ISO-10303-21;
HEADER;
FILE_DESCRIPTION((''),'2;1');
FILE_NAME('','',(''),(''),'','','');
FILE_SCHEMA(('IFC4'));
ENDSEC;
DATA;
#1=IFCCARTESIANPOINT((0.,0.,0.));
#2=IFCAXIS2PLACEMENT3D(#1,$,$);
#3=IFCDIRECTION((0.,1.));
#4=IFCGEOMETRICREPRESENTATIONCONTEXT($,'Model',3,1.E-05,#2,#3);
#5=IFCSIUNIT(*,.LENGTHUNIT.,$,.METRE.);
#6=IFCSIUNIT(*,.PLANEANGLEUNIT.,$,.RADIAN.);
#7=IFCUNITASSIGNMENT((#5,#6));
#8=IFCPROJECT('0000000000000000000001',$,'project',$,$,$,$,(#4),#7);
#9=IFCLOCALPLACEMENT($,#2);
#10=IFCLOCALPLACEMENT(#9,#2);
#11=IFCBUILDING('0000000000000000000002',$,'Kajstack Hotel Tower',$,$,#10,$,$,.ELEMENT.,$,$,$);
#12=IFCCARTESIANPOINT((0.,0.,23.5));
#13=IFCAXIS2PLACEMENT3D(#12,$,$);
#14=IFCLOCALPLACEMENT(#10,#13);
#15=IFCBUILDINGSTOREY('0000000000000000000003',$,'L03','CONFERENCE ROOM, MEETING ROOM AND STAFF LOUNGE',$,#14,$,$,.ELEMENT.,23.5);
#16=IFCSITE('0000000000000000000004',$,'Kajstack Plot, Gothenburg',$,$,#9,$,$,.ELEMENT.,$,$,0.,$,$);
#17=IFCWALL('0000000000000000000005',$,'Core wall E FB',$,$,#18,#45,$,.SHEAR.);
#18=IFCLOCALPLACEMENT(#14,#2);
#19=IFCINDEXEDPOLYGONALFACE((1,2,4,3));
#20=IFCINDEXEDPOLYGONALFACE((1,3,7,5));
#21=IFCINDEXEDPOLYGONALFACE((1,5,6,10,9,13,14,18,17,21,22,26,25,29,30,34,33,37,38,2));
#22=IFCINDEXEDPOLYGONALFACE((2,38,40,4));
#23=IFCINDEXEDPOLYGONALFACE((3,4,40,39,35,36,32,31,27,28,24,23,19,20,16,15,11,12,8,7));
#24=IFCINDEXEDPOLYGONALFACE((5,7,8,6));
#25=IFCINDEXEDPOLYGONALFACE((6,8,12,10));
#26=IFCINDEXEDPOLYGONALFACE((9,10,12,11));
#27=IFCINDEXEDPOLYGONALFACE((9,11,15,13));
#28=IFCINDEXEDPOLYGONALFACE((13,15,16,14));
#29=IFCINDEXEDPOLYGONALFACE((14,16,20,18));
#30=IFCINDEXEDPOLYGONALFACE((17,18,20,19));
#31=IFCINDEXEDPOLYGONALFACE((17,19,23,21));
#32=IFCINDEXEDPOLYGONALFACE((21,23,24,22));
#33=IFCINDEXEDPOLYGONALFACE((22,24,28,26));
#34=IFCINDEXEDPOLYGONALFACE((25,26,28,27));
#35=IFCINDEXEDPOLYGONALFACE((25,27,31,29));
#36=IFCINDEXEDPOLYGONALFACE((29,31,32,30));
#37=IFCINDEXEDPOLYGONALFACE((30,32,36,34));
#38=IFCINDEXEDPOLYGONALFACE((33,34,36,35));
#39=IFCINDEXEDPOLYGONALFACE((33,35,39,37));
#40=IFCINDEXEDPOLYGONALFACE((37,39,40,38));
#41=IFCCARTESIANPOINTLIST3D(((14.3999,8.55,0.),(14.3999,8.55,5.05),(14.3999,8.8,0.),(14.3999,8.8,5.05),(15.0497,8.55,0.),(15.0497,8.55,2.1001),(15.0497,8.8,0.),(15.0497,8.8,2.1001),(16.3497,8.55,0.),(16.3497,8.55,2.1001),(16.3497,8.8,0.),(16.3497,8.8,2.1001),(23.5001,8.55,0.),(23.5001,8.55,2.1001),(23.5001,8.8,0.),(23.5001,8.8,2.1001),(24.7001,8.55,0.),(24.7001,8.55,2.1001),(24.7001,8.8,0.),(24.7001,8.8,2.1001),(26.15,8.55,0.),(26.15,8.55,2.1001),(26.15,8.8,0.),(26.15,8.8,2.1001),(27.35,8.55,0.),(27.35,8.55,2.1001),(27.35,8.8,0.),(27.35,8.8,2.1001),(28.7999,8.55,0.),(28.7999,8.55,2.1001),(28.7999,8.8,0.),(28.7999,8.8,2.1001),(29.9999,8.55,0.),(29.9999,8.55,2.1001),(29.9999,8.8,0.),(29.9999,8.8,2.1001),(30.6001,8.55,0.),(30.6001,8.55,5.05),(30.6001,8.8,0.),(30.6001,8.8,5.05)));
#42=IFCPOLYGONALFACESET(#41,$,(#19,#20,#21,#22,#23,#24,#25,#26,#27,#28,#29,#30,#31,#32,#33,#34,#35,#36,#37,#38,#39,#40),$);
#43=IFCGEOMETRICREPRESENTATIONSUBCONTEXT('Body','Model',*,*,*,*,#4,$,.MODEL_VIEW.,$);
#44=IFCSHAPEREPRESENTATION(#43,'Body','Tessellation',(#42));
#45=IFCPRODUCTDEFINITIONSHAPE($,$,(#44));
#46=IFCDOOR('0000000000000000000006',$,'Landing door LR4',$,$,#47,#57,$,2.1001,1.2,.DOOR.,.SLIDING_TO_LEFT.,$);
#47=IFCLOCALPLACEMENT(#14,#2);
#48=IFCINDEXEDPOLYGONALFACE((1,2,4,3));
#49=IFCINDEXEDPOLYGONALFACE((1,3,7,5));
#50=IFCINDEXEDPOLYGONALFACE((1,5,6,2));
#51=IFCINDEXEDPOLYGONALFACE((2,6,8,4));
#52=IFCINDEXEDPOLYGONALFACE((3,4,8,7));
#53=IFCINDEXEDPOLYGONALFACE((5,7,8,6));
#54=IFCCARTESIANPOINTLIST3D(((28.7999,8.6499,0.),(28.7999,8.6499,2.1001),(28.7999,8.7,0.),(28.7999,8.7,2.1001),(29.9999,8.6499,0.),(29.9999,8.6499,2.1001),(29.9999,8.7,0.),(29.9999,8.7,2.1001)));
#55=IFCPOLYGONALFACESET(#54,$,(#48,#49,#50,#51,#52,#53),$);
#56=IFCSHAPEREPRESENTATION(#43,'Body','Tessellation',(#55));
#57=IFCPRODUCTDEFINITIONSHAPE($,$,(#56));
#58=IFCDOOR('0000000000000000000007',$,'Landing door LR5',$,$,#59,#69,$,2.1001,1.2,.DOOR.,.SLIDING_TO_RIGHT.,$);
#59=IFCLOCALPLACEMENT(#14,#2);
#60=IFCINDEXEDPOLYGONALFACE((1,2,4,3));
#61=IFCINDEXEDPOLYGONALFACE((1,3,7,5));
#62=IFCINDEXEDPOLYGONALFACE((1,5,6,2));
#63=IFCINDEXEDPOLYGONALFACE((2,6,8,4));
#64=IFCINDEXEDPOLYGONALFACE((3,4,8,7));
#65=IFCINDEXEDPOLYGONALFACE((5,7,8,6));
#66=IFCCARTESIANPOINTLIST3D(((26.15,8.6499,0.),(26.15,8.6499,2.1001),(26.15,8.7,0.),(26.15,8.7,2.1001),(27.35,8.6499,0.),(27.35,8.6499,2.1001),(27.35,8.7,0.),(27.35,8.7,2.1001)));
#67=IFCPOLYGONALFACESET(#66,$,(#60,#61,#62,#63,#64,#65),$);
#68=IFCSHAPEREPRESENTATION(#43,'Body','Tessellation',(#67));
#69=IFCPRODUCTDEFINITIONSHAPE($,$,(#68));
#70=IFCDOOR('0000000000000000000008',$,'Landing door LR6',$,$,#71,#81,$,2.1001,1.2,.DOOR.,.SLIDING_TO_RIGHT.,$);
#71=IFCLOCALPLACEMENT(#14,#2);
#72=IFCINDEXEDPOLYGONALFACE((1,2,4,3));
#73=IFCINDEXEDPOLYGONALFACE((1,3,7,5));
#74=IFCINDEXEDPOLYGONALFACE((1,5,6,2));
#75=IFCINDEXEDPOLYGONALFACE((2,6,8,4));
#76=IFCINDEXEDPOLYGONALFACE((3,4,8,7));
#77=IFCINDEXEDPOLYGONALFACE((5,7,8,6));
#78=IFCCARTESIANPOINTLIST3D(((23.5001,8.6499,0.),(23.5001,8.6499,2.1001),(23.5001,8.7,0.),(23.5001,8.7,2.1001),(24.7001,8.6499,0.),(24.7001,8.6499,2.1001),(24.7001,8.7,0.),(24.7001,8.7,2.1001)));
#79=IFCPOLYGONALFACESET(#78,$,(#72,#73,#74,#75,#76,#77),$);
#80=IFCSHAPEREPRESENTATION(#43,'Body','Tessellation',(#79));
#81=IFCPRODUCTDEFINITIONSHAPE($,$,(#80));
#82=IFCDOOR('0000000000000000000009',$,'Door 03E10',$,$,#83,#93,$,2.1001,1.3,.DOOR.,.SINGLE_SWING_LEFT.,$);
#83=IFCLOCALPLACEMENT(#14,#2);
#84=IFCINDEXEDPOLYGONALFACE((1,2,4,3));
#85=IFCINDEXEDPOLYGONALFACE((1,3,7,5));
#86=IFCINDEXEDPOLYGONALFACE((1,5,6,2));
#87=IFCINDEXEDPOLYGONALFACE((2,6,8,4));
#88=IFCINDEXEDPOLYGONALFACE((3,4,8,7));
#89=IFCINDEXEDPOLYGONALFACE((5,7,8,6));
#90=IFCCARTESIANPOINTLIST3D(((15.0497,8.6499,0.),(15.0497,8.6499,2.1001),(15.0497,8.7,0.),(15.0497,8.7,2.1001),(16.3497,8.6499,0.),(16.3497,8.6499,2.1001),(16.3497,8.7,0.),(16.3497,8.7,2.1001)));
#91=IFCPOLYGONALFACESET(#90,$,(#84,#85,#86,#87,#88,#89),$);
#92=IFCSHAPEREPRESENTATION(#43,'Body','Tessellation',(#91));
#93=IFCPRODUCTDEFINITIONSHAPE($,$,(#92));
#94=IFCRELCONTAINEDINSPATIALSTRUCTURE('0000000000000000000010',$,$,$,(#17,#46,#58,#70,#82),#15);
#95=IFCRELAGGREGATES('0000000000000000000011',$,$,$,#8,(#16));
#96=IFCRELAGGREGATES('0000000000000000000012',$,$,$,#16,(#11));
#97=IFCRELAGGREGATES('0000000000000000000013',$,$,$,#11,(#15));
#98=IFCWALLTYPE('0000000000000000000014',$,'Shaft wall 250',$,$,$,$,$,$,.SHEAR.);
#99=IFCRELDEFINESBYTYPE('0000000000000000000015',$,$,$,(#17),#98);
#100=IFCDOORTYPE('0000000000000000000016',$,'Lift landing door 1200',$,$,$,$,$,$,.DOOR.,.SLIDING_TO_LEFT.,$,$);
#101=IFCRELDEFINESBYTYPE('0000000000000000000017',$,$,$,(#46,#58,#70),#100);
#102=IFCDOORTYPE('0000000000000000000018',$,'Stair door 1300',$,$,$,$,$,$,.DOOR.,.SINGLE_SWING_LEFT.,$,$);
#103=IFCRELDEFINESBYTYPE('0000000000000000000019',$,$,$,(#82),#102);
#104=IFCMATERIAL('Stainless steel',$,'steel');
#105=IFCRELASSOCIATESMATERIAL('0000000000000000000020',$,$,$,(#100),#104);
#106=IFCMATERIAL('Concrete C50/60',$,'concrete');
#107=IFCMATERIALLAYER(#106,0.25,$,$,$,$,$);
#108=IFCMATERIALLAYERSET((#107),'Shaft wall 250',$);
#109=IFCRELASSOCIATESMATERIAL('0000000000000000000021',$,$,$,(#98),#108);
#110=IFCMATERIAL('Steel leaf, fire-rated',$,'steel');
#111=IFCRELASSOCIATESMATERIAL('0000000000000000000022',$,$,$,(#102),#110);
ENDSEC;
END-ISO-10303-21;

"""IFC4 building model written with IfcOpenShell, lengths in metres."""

from ifc_helpers import new_model, si_unit, direction, frame, frame_2d, origin, place, context, subcontext, project, spatial, rectangle, extrude, material, layer, layer_set, type_object, element, fill, save


model = new_model("IFC4")

# Units and contexts
model_context = context("Model", 3, precision=1e-05, world=origin(), true_north=direction((0.0, 1.0)))
body_context = subcontext(model_context, "Body", "Model", "MODEL_VIEW")
ifc_project = project(units=[si_unit("LENGTHUNIT", "METRE"), si_unit("PLANEANGLEUNIT", "RADIAN")], contexts=[model_context])

# Site, building, storey
site_placement = place(None, origin())
site = spatial("IfcSite", under=ifc_project, at=site_placement, Name="Kajstack Plot, Gothenburg", CompositionType="ELEMENT", RefElevation=0.0)
building_placement = place(site_placement, origin())
building = spatial("IfcBuilding", under=site, at=building_placement, Name="Kajstack Hotel Tower", CompositionType="ELEMENT")
storey_placement = place(building_placement, frame((0.0, 0.0, 23.5)))
storey = spatial("IfcBuildingStorey", under=building, at=storey_placement, Name="L03", Description="CONFERENCE ROOM, MEETING ROOM AND STAFF LOUNGE", CompositionType="ELEMENT", Elevation=23.5)

# Shared definitions
ifc_material_1 = material(Name="Concrete C50/60", Category="concrete")

# Shared definitions
ifc_material_2 = material(Name="Stainless steel", Category="steel")
door_type_1 = type_object("IfcDoorType", Name="Lift landing door 1200", OperationType="SLIDING_TO_LEFT", PredefinedType="DOOR", material=ifc_material_2)

# Wall, openings, doors
ifc_layer_1 = layer(ifc_material_1, 0.25)
ifc_layer_set_1 = layer_set([ifc_layer_1], Name="Shaft wall 250")
wall_type_1 = type_object("IfcWallType", Name="Shaft wall 250", PredefinedType="SHEAR", material=ifc_layer_set_1)
wall_1_placement = place(storey_placement, frame((14.3999, 8.675, 0.0), z_axis=(0.0, 0.0, 1.0), x_axis=(1.0, 0.0, 0.0)))
wall_1 = element("IfcWall", 1, at=wall_1_placement, inside=storey, type_object=wall_type_1, Name="Core wall E FB", PredefinedType="SHEAR", context=body_context, shape_type="SweptSolid", body=[
    extrude(rectangle(XDim=16.2002, YDim=0.25, at=frame_2d((8.1001, 0.0))), origin(), (0.0, 0.0, 1.0), 5.05),
])
opening_1_placement = place(wall_1_placement, frame((14.3999, 0.0, 0.0)))
opening_1 = element("IfcOpeningElement", 2, at=opening_1_placement, cuts=wall_1, PredefinedType="OPENING", context=body_context, shape_type="SweptSolid", body=[
    extrude(rectangle(XDim=1.2, YDim=2.1001, at=frame_2d((0.6001, 1.05))), frame((0.0, 0.135, 0.0), z_axis=(0.0, -1.0, 0.0), x_axis=(1.0, 0.0, 0.0)), (0.0, 0.0, 1.0), 0.27),
])
opening_2_placement = place(wall_1_placement, frame((11.75, 0.0, 0.0)))
opening_2 = element("IfcOpeningElement", 3, at=opening_2_placement, cuts=wall_1, PredefinedType="OPENING", context=body_context, shape_type="SweptSolid", body=[
    extrude(rectangle(XDim=1.2, YDim=2.1001, at=frame_2d((0.6001, 1.05))), frame((0.0, 0.135, 0.0), z_axis=(0.0, -1.0, 0.0), x_axis=(1.0, 0.0, 0.0)), (0.0, 0.0, 1.0), 0.27),
])
opening_3_placement = place(wall_1_placement, frame((9.1001, 0.0, 0.0)))
opening_3 = element("IfcOpeningElement", 4, at=opening_3_placement, cuts=wall_1, PredefinedType="OPENING", context=body_context, shape_type="SweptSolid", body=[
    extrude(rectangle(XDim=1.2, YDim=2.1001, at=frame_2d((0.6001, 1.05))), frame((0.0, 0.135, 0.0), z_axis=(0.0, -1.0, 0.0), x_axis=(1.0, 0.0, 0.0)), (0.0, 0.0, 1.0), 0.27),
])
opening_4_placement = place(wall_1_placement, frame((0.6499, 0.0, 0.0)))
opening_4 = element("IfcOpeningElement", 5, at=opening_4_placement, cuts=wall_1, PredefinedType="OPENING", context=body_context, shape_type="SweptSolid", body=[
    extrude(rectangle(XDim=1.3, YDim=2.1001, at=frame_2d((0.6499, 1.05))), frame((0.0, 0.135, 0.0), z_axis=(0.0, -1.0, 0.0), x_axis=(1.0, 0.0, 0.0)), (0.0, 0.0, 1.0), 0.27),
])
door_1_placement = place(opening_1_placement, origin())
door_1 = element("IfcDoor", 6, at=door_1_placement, inside=storey, type_object=door_type_1, Name="Landing door LR4", OperationType="SLIDING_TO_LEFT", OverallHeight=2.1001, OverallWidth=1.2, PredefinedType="DOOR", context=body_context, shape_type="SweptSolid", body=[
    extrude(rectangle(XDim=1.2, YDim=2.1001, at=frame_2d((0.6001, 1.05))), frame((0.0, 0.0249, 0.0), z_axis=(0.0, -1.0, 0.0), x_axis=(1.0, 0.0, 0.0)), (0.0, 0.0, 1.0), 0.05),
])
fill(opening_1, door_1)
door_2_placement = place(opening_2_placement, origin())
door_2 = element("IfcDoor", 7, at=door_2_placement, inside=storey, type_object=door_type_1, Name="Landing door LR5", OperationType="SLIDING_TO_RIGHT", OverallHeight=2.1001, OverallWidth=1.2, PredefinedType="DOOR", context=body_context, shape_type="SweptSolid", body=[
    extrude(rectangle(XDim=1.2, YDim=2.1001, at=frame_2d((0.6001, 1.05))), frame((0.0, 0.0249, 0.0), z_axis=(0.0, -1.0, 0.0), x_axis=(1.0, 0.0, 0.0)), (0.0, 0.0, 1.0), 0.05),
])
fill(opening_2, door_2)
door_3_placement = place(opening_3_placement, origin())
door_3 = element("IfcDoor", 8, at=door_3_placement, inside=storey, type_object=door_type_1, Name="Landing door LR6", OperationType="SLIDING_TO_RIGHT", OverallHeight=2.1001, OverallWidth=1.2, PredefinedType="DOOR", context=body_context, shape_type="SweptSolid", body=[
    extrude(rectangle(XDim=1.2, YDim=2.1001, at=frame_2d((0.6001, 1.05))), frame((0.0, 0.0249, 0.0), z_axis=(0.0, -1.0, 0.0), x_axis=(1.0, 0.0, 0.0)), (0.0, 0.0, 1.0), 0.05),
])
fill(opening_3, door_3)
ifc_material_3 = material(Name="Steel leaf, fire-rated", Category="steel")
door_type_2 = type_object("IfcDoorType", Name="Stair door 1300", OperationType="SINGLE_SWING_LEFT", PredefinedType="DOOR", material=ifc_material_3)
door_4_placement = place(opening_4_placement, origin())
door_4 = element("IfcDoor", 9, at=door_4_placement, inside=storey, type_object=door_type_2, Name="Door 03E10", OperationType="SINGLE_SWING_LEFT", OverallHeight=2.1001, OverallWidth=1.3, PredefinedType="DOOR", context=body_context, shape_type="SweptSolid", body=[
    extrude(rectangle(XDim=1.3, YDim=2.1001, at=frame_2d((0.6499, 1.05))), frame((0.0, 0.0249, 0.0), z_axis=(0.0, -1.0, 0.0), x_axis=(1.0, 0.0, 0.0)), (0.0, 0.0, 1.0), 0.05),
])
fill(opening_4, door_4)

save(model, "model.ifc")
